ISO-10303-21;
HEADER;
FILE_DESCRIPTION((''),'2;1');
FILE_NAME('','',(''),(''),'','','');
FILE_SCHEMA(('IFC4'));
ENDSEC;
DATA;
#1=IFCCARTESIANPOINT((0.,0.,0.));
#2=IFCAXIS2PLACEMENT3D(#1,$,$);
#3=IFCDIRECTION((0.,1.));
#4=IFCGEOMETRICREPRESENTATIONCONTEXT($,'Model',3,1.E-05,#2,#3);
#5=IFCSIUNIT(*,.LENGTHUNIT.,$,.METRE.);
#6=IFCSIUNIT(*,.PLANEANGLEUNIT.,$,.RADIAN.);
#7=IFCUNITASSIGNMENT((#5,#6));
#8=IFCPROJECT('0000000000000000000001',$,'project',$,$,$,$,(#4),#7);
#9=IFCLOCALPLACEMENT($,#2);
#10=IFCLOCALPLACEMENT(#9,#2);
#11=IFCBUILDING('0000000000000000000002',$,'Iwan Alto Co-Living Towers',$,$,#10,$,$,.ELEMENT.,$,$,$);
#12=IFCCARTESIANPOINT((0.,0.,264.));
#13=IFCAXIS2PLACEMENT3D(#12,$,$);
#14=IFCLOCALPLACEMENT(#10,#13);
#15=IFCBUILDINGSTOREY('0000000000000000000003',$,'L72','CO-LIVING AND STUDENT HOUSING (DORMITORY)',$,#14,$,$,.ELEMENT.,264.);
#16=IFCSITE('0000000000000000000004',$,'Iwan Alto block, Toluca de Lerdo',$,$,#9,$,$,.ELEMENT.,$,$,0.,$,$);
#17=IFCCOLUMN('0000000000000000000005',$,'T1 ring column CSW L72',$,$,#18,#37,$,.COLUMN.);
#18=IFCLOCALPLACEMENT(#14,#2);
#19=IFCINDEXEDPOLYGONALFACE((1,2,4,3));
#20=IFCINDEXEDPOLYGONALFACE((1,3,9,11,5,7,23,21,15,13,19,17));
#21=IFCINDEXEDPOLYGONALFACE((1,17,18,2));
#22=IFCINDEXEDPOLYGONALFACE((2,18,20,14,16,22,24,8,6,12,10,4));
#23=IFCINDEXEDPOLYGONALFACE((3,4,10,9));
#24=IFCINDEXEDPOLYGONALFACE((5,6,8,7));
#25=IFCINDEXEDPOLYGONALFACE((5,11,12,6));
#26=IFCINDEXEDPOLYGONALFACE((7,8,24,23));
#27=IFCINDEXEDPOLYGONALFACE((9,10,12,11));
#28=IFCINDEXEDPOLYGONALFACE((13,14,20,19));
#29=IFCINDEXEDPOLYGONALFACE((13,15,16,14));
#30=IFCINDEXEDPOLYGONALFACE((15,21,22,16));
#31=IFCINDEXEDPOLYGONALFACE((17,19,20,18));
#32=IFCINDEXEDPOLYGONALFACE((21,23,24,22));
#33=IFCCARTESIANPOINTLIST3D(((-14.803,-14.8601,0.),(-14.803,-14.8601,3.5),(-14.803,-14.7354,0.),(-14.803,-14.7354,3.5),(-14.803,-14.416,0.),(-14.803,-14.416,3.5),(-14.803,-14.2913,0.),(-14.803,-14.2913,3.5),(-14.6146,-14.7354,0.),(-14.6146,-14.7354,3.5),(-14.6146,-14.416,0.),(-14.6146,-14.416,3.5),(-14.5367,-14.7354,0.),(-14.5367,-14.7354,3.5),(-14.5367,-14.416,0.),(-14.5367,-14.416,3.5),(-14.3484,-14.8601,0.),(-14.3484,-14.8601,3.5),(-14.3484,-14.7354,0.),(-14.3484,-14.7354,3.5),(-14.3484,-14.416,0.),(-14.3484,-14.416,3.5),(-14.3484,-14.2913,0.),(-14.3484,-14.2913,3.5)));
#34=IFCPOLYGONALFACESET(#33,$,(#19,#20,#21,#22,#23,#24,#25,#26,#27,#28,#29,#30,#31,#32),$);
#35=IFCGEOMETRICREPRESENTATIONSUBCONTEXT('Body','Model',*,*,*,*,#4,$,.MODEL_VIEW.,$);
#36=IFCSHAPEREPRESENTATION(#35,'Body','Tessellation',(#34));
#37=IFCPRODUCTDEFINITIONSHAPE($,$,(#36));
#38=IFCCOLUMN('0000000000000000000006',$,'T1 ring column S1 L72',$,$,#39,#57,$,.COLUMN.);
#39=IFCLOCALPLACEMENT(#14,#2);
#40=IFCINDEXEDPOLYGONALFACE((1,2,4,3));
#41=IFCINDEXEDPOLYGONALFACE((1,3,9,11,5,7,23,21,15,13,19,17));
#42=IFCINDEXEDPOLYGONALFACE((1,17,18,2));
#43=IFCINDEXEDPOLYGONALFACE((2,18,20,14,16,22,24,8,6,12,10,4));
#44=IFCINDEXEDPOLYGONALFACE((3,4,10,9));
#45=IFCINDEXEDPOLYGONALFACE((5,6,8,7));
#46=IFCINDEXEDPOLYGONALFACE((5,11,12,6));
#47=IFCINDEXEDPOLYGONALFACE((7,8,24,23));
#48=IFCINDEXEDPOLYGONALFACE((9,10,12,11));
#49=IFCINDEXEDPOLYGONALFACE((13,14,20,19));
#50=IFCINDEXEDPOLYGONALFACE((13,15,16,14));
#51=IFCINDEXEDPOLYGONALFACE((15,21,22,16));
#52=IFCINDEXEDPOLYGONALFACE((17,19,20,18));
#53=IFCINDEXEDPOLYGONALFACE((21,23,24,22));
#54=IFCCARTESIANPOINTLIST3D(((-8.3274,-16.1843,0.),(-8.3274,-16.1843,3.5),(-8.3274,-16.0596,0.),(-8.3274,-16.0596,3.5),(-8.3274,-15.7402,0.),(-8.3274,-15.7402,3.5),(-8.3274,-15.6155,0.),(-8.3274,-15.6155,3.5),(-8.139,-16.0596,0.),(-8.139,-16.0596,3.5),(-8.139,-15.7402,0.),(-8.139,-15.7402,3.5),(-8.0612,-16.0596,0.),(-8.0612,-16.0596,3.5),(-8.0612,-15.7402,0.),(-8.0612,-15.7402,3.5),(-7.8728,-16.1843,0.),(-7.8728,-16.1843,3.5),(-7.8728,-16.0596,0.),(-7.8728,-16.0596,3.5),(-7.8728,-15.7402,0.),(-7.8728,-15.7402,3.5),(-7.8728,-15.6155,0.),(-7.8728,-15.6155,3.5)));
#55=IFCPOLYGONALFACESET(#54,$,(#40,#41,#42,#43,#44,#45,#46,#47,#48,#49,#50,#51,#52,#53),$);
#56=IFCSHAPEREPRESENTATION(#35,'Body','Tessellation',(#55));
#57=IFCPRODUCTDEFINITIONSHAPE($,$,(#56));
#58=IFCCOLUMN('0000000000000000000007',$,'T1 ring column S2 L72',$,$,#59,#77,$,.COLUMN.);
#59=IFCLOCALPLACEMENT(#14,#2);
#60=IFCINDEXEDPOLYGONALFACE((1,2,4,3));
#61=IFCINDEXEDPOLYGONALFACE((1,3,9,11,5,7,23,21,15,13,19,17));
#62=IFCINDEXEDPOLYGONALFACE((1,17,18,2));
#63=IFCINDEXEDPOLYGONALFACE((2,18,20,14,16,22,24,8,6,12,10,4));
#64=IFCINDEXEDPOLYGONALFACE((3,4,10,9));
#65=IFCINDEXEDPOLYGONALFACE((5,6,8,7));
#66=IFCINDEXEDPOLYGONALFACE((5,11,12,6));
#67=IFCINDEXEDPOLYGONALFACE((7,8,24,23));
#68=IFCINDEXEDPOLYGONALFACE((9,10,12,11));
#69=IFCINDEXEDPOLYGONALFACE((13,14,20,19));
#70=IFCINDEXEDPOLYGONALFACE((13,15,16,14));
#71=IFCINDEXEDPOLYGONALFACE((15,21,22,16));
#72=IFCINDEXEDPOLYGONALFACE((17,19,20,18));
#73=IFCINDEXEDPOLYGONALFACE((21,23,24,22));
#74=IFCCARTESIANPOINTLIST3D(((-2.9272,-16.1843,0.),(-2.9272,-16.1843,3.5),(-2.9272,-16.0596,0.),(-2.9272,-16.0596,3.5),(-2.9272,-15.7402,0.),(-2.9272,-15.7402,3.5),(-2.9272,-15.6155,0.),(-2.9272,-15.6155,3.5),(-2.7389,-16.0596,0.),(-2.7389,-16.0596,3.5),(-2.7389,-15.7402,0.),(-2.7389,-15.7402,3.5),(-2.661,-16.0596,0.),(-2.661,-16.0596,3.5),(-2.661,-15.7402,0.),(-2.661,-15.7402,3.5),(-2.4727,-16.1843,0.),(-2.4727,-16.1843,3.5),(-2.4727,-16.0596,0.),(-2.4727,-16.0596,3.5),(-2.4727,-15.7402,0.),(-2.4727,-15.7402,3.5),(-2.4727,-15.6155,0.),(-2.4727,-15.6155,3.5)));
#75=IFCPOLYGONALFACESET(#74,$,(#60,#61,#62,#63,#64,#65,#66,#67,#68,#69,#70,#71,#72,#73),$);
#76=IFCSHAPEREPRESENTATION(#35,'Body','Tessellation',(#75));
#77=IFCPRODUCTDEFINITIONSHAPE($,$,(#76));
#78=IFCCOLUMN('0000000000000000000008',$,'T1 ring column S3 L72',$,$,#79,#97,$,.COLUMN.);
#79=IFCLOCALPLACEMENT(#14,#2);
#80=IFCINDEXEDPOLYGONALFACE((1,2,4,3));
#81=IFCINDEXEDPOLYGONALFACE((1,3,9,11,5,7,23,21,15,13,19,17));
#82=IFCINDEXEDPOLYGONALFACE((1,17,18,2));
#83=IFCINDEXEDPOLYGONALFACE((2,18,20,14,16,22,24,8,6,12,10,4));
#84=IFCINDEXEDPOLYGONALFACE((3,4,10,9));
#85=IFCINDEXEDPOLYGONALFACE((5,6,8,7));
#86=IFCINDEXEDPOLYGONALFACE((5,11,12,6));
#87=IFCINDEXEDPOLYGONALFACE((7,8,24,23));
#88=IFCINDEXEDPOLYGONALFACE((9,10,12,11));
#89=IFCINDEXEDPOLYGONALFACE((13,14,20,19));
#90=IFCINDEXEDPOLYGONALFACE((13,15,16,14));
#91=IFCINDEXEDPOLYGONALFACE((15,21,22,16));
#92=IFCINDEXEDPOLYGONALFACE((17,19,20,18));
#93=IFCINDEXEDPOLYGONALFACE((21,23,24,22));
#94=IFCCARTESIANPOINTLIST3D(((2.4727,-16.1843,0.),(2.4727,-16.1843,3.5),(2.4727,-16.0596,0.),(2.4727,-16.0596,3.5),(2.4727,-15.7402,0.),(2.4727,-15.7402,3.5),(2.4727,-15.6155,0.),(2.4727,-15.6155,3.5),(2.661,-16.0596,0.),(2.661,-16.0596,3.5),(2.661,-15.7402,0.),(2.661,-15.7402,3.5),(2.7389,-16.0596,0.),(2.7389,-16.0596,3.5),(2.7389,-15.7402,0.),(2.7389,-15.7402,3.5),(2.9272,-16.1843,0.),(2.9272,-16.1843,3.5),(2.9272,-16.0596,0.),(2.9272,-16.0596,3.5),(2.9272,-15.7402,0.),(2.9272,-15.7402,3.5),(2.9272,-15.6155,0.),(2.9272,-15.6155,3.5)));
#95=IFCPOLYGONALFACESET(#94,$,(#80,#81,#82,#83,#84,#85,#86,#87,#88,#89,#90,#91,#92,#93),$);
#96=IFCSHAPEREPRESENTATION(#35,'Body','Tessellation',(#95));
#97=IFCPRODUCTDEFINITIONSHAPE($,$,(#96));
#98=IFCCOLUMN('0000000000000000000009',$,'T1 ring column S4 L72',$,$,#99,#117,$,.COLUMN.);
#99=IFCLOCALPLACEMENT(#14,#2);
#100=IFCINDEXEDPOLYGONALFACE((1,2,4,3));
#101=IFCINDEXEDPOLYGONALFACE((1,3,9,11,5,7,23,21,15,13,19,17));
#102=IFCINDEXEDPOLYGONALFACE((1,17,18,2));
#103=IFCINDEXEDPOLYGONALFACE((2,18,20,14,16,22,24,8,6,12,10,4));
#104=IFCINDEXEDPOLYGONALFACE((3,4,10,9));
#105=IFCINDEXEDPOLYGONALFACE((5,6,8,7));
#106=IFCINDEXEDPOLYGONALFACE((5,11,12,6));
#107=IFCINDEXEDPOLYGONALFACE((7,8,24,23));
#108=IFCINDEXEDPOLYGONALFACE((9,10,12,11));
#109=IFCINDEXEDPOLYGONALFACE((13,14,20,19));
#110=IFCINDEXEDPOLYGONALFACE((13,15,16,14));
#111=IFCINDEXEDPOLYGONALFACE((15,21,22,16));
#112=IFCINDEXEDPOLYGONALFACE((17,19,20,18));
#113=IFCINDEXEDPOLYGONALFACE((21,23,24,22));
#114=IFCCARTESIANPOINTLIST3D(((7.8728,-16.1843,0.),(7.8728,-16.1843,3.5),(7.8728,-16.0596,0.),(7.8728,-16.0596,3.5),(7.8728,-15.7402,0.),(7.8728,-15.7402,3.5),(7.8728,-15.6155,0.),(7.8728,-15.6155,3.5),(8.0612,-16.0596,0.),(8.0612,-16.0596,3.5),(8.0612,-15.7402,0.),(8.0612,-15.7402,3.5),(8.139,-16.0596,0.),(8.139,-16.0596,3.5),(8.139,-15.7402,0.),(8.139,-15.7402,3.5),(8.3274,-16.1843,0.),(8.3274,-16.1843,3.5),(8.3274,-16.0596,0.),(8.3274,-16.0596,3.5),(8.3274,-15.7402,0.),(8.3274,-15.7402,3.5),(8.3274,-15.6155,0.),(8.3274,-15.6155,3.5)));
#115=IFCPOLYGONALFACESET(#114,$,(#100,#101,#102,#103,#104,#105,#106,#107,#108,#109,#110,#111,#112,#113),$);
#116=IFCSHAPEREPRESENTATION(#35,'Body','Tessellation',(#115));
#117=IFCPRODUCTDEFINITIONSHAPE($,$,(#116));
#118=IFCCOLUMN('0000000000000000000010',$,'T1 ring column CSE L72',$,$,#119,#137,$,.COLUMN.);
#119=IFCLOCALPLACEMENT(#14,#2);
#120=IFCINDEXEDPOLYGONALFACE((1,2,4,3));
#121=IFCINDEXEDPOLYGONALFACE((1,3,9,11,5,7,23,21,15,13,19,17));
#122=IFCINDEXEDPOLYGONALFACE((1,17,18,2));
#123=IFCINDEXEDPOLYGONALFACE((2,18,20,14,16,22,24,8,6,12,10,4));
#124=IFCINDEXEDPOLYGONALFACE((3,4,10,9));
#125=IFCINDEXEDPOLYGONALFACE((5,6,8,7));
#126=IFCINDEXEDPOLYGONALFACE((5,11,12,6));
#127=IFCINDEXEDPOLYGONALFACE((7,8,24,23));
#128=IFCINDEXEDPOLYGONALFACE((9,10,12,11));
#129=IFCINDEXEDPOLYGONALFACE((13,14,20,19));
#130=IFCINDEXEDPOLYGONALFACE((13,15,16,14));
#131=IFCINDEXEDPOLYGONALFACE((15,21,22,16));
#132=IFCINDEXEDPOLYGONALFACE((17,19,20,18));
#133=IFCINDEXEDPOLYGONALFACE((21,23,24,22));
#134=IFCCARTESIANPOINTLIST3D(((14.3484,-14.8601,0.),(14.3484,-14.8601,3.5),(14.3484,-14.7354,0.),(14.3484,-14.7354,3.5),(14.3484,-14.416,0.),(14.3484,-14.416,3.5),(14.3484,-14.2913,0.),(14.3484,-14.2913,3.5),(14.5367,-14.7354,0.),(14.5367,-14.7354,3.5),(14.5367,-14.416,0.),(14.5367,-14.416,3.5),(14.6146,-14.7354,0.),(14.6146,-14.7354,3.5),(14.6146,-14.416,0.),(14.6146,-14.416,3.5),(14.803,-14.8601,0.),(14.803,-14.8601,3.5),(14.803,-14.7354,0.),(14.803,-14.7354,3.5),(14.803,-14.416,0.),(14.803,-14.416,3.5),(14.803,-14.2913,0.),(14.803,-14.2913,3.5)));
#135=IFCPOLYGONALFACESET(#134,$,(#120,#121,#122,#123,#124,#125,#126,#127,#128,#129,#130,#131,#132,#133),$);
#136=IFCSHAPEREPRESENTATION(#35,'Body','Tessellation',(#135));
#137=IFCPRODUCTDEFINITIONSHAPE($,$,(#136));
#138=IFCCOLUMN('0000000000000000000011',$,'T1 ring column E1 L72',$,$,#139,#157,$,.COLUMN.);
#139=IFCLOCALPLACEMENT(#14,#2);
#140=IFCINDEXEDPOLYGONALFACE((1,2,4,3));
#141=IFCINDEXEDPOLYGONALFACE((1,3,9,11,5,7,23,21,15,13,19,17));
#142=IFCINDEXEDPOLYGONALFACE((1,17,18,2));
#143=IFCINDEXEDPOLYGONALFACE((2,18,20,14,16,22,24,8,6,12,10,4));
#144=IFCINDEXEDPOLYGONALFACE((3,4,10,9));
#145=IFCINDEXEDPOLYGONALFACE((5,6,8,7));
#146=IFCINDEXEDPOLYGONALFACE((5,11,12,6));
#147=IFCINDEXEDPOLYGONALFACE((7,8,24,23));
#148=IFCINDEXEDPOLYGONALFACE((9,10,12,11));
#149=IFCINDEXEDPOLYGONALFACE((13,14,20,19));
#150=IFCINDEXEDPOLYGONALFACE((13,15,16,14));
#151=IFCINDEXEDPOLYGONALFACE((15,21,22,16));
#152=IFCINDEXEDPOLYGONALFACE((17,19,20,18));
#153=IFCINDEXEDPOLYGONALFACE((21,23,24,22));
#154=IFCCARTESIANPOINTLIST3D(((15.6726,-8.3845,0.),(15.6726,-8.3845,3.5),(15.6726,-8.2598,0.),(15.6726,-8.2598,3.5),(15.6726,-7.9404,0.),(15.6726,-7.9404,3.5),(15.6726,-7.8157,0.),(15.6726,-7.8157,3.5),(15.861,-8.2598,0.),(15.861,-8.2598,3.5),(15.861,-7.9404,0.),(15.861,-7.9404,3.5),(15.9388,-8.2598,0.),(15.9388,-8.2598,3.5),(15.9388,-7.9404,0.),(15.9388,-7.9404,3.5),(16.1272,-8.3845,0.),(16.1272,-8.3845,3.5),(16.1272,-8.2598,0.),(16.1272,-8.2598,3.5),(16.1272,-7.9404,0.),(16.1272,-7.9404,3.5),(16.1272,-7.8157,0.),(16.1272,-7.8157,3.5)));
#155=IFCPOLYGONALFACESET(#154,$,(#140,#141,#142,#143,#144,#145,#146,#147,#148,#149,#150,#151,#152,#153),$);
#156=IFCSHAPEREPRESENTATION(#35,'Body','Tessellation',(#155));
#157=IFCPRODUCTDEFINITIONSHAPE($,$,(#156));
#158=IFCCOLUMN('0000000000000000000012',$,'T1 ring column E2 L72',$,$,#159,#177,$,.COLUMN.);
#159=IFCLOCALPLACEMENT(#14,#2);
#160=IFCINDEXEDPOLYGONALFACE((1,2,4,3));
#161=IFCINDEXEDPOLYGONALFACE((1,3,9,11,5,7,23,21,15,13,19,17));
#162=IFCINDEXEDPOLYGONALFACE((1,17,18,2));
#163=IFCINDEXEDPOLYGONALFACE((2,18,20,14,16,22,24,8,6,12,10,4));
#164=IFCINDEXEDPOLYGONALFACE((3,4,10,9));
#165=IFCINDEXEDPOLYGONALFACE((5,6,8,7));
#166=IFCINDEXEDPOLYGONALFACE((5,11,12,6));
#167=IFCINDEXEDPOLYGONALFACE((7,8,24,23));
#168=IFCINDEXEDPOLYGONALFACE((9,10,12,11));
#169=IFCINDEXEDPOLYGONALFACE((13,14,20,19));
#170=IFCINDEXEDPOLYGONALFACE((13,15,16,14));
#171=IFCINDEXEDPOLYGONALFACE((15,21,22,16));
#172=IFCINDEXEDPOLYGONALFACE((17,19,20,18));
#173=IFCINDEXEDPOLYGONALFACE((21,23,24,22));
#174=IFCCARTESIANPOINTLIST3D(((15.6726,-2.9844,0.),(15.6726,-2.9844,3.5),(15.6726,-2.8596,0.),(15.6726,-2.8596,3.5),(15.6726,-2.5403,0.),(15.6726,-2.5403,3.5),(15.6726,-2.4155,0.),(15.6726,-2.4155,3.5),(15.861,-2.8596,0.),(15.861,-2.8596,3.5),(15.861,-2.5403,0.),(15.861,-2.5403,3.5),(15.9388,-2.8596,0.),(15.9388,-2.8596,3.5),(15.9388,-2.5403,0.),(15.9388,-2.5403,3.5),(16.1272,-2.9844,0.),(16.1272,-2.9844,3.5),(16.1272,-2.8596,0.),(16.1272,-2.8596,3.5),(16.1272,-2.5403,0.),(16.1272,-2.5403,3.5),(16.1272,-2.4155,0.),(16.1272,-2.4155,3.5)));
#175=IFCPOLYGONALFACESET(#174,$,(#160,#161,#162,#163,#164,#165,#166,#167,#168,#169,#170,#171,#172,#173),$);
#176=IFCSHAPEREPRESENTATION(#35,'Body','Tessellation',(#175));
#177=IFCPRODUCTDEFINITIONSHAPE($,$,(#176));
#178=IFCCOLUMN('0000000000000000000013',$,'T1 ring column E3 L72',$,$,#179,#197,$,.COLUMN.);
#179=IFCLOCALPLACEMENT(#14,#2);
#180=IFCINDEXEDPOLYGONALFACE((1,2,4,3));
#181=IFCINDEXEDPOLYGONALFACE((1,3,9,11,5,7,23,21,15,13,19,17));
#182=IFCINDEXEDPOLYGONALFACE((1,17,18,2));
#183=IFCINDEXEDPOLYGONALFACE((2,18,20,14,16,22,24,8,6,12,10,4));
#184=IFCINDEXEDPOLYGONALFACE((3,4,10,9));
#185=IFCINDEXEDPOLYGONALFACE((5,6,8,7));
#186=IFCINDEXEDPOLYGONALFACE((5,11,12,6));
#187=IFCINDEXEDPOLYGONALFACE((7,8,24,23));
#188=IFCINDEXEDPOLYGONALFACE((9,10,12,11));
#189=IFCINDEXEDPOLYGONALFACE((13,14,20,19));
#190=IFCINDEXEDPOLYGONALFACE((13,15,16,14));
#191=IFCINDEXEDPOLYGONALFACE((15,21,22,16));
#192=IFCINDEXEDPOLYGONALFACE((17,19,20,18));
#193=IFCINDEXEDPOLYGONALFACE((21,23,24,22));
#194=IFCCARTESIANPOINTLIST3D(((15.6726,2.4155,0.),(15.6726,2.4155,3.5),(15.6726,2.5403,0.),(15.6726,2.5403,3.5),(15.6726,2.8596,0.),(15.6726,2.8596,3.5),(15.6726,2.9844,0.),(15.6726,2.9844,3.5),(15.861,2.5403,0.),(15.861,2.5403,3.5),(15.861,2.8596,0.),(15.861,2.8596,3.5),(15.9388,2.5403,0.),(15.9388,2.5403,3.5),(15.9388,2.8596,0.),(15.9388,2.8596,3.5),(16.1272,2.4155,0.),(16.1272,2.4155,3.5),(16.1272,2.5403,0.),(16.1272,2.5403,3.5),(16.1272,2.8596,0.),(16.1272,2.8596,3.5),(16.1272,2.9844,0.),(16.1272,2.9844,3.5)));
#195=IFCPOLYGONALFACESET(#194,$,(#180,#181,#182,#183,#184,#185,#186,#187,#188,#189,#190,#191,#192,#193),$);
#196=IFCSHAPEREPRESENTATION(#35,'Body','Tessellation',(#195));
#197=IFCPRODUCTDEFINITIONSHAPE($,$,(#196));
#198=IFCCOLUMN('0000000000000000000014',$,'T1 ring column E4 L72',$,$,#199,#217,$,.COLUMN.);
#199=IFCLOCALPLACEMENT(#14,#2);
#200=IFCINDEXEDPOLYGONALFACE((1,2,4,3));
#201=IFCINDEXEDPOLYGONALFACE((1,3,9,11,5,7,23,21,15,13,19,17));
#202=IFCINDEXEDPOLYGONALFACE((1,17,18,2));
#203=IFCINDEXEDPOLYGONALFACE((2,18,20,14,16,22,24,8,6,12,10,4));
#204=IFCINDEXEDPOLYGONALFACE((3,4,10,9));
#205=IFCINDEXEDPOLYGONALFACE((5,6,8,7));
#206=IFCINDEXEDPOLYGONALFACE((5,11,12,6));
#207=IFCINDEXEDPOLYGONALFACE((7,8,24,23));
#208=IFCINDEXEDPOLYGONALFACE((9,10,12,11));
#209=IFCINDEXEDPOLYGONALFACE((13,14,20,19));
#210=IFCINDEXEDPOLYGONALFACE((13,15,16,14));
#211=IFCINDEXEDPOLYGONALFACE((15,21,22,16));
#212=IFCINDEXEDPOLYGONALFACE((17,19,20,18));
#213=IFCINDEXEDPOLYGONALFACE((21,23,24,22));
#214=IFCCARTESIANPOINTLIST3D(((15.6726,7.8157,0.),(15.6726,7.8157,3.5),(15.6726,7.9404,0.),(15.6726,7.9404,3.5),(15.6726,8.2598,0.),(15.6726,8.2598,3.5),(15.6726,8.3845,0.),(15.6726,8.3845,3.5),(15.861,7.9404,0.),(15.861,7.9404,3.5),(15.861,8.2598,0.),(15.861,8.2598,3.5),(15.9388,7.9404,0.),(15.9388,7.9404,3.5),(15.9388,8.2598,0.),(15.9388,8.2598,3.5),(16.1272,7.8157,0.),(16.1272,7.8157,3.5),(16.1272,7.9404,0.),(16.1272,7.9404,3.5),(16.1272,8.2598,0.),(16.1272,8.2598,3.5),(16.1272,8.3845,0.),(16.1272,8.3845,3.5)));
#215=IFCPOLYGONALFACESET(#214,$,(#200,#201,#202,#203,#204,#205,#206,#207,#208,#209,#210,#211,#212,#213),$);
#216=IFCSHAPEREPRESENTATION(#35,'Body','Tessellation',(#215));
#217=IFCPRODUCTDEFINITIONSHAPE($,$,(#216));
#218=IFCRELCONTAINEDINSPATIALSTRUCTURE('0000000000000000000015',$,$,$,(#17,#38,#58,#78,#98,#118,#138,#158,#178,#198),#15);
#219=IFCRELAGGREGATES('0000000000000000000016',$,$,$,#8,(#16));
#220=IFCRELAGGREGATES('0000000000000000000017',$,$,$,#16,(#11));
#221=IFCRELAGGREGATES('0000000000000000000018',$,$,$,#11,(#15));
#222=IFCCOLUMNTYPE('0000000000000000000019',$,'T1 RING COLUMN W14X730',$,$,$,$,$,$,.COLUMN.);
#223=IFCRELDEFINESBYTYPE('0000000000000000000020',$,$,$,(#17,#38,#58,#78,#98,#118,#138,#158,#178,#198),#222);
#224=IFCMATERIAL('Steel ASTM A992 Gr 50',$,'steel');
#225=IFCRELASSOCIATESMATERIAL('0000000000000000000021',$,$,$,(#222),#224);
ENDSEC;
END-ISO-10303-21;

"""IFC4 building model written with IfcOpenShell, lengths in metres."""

from ifc_helpers import new_model, si_unit, direction, frame, origin, origin_2d, place, context, subcontext, project, spatial, i_section, extrude, material, material_profile, profile_set, type_object, element, save


model = new_model("IFC4")

# Units and contexts
model_context = context("Model", 3, precision=1e-05, world=origin(), true_north=direction((0.0, 1.0)))
body_context = subcontext(model_context, "Body", "Model", "MODEL_VIEW")
ifc_project = project(units=[si_unit("LENGTHUNIT", "METRE"), si_unit("PLANEANGLEUNIT", "RADIAN")], contexts=[model_context])

# Site, building, storey
site_placement = place(None, origin())
site = spatial("IfcSite", under=ifc_project, at=site_placement, Name="Iwan Alto block, Toluca de Lerdo", CompositionType="ELEMENT", RefElevation=0.0)
building_placement = place(site_placement, origin())
building = spatial("IfcBuilding", under=site, at=building_placement, Name="Iwan Alto Co-Living Towers", CompositionType="ELEMENT")
storey_placement = place(building_placement, frame((0.0, 0.0, 264.0)))
storey = spatial("IfcBuildingStorey", under=building, at=storey_placement, Name="L72", Description="CO-LIVING AND STUDENT HOUSING (DORMITORY)", CompositionType="ELEMENT", Elevation=264.0)

# Columns
ifc_material_1 = material(Name="Steel ASTM A992 Gr 50", Category="steel")
ifc_material_profile = material_profile(ifc_material_1, i_section(OverallWidth=0.4546, OverallDepth=0.5688, WebThickness=0.0779, FlangeThickness=0.1248, at=origin_2d()), Name="W14X730")
ifc_profile_set = profile_set([ifc_material_profile], Name="Steel ASTM A992 Gr 50")
column_type = type_object("IfcColumnType", Name="T1 RING COLUMN W14X730", PredefinedType="COLUMN", material=ifc_profile_set)
for number, where, z_axis, x_axis, name in (
    (1, (-14.5757, -14.5757, 0.0), (0.0, 0.0, 1.0), (1.0, 0.0, 0.0), "T1 ring column CSW L72"),
    (2, (-8.1001, -15.8999, 0.0), (0.0, 0.0, 1.0), (1.0, 0.0, 0.0), "T1 ring column S1 L72"),
    (3, (-2.7, -15.8999, 0.0), (0.0, 0.0, 1.0), (1.0, 0.0, 0.0), "T1 ring column S2 L72"),
    (4, (2.7, -15.8999, 0.0), (0.0, 0.0, 1.0), (1.0, 0.0, 0.0), "T1 ring column S3 L72"),
    (5, (8.1001, -15.8999, 0.0), (0.0, 0.0, 1.0), (1.0, 0.0, 0.0), "T1 ring column S4 L72"),
    (6, (14.5757, -14.5757, 0.0), (0.0, 0.0, 1.0), (1.0, 0.0, 0.0), "T1 ring column CSE L72"),
    (7, (15.8999, -8.1001, 0.0), (0.0, 0.0, 1.0), (1.0, 0.0, 0.0), "T1 ring column E1 L72"),
    (8, (15.8999, -2.7, 0.0), (0.0, 0.0, 1.0), (1.0, 0.0, 0.0), "T1 ring column E2 L72"),
    (9, (15.8999, 2.7, 0.0), (0.0, 0.0, 1.0), (1.0, 0.0, 0.0), "T1 ring column E3 L72"),
    (10, (15.8999, 8.1001, 0.0), (0.0, 0.0, 1.0), (1.0, 0.0, 0.0), "T1 ring column E4 L72"),
):
    element("IfcColumn", number, at=place(storey_placement, frame(where, z_axis=z_axis, x_axis=x_axis)), inside=storey, type_object=column_type, Name=name, PredefinedType="COLUMN", context=body_context, shape_type="SweptSolid", body=[
        extrude(i_section(OverallWidth=0.4546, OverallDepth=0.5688, WebThickness=0.0779, FlangeThickness=0.1248, at=origin_2d()), origin(), (0.0, 0.0, 1.0), 3.5),
    ])

save(model, "model.ifc")
